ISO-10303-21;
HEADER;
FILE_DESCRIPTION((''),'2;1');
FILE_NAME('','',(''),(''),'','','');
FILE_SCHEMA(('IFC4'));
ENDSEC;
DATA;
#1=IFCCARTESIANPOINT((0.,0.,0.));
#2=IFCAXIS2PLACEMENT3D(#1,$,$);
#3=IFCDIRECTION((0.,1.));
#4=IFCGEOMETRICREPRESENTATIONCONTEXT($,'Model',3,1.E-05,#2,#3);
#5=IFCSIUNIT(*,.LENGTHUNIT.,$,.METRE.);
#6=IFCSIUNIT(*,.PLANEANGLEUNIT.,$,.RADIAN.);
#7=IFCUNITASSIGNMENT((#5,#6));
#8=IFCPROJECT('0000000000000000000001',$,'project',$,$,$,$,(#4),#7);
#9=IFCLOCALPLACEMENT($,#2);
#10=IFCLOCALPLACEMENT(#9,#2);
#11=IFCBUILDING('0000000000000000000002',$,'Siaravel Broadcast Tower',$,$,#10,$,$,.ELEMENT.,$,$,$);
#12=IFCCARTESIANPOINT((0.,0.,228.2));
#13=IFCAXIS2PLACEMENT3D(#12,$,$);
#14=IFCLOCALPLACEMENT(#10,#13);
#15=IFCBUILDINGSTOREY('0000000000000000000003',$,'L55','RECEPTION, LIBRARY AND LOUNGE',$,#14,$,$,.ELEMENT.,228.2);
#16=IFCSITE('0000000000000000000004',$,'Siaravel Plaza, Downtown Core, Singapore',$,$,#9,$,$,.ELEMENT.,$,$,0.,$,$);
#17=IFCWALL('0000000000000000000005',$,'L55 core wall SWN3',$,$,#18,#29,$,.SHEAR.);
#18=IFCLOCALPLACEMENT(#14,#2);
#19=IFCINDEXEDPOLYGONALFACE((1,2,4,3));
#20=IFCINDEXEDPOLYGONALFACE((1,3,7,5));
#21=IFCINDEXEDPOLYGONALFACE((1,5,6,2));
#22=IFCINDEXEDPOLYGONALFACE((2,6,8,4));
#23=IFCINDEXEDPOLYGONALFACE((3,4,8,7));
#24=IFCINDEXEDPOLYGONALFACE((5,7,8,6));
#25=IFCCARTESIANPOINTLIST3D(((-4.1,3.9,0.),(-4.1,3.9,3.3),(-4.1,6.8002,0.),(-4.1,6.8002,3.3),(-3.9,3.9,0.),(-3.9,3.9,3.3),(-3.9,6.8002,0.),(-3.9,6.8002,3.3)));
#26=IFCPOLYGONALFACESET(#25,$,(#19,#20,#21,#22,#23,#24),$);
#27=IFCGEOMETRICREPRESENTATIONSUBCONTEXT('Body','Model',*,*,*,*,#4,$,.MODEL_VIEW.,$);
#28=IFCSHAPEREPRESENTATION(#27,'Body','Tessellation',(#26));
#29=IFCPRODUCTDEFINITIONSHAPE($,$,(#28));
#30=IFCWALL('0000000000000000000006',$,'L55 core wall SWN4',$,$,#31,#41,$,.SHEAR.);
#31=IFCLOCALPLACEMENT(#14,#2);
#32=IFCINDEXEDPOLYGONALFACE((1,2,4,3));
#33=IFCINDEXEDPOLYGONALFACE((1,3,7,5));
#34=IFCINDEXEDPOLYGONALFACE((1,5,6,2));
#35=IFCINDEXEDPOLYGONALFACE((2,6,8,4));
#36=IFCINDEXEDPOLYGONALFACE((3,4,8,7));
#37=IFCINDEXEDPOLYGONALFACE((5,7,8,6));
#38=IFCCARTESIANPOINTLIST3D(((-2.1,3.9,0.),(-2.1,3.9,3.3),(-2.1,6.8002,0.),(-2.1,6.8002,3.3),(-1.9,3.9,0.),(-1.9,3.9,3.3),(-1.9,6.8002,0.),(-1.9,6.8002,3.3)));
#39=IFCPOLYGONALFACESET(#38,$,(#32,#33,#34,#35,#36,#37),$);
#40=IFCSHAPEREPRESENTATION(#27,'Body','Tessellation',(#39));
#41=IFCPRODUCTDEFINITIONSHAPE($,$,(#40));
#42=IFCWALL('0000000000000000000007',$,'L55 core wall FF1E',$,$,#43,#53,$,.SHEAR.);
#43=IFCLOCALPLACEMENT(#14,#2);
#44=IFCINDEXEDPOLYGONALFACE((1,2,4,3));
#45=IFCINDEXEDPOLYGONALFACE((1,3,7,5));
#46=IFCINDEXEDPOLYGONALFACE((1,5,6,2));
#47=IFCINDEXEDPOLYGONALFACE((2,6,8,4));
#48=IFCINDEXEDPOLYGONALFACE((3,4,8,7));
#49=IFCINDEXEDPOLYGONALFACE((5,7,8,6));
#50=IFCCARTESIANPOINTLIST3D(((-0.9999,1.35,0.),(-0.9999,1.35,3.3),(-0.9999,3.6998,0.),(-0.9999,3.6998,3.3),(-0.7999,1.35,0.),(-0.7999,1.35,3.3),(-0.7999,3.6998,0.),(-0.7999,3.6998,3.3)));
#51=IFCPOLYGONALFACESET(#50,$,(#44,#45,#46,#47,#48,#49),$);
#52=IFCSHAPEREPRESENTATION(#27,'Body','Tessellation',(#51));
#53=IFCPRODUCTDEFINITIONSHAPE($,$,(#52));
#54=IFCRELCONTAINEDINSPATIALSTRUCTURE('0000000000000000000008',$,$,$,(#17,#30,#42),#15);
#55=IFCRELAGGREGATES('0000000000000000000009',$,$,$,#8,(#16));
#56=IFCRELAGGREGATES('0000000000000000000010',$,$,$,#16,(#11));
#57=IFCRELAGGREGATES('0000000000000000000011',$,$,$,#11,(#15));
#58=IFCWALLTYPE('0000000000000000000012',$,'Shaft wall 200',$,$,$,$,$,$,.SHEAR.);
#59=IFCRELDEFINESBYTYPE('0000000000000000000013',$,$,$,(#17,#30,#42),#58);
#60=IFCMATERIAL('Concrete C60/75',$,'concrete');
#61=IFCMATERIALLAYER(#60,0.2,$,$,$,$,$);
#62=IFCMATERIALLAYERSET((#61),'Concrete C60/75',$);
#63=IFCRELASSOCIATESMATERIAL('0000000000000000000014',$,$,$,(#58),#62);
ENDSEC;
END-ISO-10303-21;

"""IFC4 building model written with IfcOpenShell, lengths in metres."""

from ifc_helpers import new_model, si_unit, direction, frame, frame_2d, origin, place, context, subcontext, project, spatial, rectangle, extrude, material, layer, layer_set, type_object, element, save


model = new_model("IFC4")

# Units and contexts
model_context = context("Model", 3, precision=1e-05, world=origin(), true_north=direction((0.0, 1.0)))
body_context = subcontext(model_context, "Body", "Model", "MODEL_VIEW")
ifc_project = project(units=[si_unit("LENGTHUNIT", "METRE"), si_unit("PLANEANGLEUNIT", "RADIAN")], contexts=[model_context])

# Site, building, storey
site_placement = place(None, origin())
site = spatial("IfcSite", under=ifc_project, at=site_placement, Name="Siaravel Plaza, Downtown Core, Singapore", CompositionType="ELEMENT", RefElevation=0.0)
building_placement = place(site_placement, origin())
building = spatial("IfcBuilding", under=site, at=building_placement, Name="Siaravel Broadcast Tower", CompositionType="ELEMENT")
storey_placement = place(building_placement, frame((0.0, 0.0, 228.2)))
storey = spatial("IfcBuildingStorey", under=building, at=storey_placement, Name="L55", Description="RECEPTION, LIBRARY AND LOUNGE", CompositionType="ELEMENT", Elevation=228.2)

# Shared definitions
ifc_material_1 = material(Name="Concrete C60/75", Category="concrete")

# Walls
ifc_layer_1 = layer(ifc_material_1, 0.2)
ifc_layer_set_1 = layer_set([ifc_layer_1], Name="Concrete C60/75")
wall_type_1 = type_object("IfcWallType", Name="Shaft wall 200", PredefinedType="SHEAR", material=ifc_layer_set_1)
for number, where, z_axis, x_axis, name in (
    (1, (-4.0, 3.8999, 0.0), (0.0, 0.0, 1.0), (0.0, 1.0, 0.0), "L55 core wall SWN3"),
    (2, (-2.0, 3.8999, 0.0), (0.0, 0.0, 1.0), (0.0, 1.0, 0.0), "L55 core wall SWN4"),
):
    element("IfcWall", number, at=place(storey_placement, frame(where, z_axis=z_axis, x_axis=x_axis)), inside=storey, type_object=wall_type_1, Name=name, PredefinedType="SHEAR", context=body_context, shape_type="SweptSolid", body=[
        extrude(rectangle(XDim=2.9001, YDim=0.2, at=frame_2d((1.4502, 0.0))), origin(), (0.0, 0.0, 1.0), 3.3),
    ])
wall_1_placement = place(storey_placement, frame((-0.8999, 1.3501, 0.0), z_axis=(0.0, 0.0, 1.0), x_axis=(0.0, 1.0, 0.0)))
element("IfcWall", 3, at=wall_1_placement, inside=storey, type_object=wall_type_1, Name="L55 core wall FF1E", PredefinedType="SHEAR", context=body_context, shape_type="SweptSolid", body=[
    extrude(rectangle(XDim=2.3499, YDim=0.2, at=frame_2d((1.1748, 0.0))), origin(), (0.0, 0.0, 1.0), 3.3),
])

save(model, "model.ifc")
